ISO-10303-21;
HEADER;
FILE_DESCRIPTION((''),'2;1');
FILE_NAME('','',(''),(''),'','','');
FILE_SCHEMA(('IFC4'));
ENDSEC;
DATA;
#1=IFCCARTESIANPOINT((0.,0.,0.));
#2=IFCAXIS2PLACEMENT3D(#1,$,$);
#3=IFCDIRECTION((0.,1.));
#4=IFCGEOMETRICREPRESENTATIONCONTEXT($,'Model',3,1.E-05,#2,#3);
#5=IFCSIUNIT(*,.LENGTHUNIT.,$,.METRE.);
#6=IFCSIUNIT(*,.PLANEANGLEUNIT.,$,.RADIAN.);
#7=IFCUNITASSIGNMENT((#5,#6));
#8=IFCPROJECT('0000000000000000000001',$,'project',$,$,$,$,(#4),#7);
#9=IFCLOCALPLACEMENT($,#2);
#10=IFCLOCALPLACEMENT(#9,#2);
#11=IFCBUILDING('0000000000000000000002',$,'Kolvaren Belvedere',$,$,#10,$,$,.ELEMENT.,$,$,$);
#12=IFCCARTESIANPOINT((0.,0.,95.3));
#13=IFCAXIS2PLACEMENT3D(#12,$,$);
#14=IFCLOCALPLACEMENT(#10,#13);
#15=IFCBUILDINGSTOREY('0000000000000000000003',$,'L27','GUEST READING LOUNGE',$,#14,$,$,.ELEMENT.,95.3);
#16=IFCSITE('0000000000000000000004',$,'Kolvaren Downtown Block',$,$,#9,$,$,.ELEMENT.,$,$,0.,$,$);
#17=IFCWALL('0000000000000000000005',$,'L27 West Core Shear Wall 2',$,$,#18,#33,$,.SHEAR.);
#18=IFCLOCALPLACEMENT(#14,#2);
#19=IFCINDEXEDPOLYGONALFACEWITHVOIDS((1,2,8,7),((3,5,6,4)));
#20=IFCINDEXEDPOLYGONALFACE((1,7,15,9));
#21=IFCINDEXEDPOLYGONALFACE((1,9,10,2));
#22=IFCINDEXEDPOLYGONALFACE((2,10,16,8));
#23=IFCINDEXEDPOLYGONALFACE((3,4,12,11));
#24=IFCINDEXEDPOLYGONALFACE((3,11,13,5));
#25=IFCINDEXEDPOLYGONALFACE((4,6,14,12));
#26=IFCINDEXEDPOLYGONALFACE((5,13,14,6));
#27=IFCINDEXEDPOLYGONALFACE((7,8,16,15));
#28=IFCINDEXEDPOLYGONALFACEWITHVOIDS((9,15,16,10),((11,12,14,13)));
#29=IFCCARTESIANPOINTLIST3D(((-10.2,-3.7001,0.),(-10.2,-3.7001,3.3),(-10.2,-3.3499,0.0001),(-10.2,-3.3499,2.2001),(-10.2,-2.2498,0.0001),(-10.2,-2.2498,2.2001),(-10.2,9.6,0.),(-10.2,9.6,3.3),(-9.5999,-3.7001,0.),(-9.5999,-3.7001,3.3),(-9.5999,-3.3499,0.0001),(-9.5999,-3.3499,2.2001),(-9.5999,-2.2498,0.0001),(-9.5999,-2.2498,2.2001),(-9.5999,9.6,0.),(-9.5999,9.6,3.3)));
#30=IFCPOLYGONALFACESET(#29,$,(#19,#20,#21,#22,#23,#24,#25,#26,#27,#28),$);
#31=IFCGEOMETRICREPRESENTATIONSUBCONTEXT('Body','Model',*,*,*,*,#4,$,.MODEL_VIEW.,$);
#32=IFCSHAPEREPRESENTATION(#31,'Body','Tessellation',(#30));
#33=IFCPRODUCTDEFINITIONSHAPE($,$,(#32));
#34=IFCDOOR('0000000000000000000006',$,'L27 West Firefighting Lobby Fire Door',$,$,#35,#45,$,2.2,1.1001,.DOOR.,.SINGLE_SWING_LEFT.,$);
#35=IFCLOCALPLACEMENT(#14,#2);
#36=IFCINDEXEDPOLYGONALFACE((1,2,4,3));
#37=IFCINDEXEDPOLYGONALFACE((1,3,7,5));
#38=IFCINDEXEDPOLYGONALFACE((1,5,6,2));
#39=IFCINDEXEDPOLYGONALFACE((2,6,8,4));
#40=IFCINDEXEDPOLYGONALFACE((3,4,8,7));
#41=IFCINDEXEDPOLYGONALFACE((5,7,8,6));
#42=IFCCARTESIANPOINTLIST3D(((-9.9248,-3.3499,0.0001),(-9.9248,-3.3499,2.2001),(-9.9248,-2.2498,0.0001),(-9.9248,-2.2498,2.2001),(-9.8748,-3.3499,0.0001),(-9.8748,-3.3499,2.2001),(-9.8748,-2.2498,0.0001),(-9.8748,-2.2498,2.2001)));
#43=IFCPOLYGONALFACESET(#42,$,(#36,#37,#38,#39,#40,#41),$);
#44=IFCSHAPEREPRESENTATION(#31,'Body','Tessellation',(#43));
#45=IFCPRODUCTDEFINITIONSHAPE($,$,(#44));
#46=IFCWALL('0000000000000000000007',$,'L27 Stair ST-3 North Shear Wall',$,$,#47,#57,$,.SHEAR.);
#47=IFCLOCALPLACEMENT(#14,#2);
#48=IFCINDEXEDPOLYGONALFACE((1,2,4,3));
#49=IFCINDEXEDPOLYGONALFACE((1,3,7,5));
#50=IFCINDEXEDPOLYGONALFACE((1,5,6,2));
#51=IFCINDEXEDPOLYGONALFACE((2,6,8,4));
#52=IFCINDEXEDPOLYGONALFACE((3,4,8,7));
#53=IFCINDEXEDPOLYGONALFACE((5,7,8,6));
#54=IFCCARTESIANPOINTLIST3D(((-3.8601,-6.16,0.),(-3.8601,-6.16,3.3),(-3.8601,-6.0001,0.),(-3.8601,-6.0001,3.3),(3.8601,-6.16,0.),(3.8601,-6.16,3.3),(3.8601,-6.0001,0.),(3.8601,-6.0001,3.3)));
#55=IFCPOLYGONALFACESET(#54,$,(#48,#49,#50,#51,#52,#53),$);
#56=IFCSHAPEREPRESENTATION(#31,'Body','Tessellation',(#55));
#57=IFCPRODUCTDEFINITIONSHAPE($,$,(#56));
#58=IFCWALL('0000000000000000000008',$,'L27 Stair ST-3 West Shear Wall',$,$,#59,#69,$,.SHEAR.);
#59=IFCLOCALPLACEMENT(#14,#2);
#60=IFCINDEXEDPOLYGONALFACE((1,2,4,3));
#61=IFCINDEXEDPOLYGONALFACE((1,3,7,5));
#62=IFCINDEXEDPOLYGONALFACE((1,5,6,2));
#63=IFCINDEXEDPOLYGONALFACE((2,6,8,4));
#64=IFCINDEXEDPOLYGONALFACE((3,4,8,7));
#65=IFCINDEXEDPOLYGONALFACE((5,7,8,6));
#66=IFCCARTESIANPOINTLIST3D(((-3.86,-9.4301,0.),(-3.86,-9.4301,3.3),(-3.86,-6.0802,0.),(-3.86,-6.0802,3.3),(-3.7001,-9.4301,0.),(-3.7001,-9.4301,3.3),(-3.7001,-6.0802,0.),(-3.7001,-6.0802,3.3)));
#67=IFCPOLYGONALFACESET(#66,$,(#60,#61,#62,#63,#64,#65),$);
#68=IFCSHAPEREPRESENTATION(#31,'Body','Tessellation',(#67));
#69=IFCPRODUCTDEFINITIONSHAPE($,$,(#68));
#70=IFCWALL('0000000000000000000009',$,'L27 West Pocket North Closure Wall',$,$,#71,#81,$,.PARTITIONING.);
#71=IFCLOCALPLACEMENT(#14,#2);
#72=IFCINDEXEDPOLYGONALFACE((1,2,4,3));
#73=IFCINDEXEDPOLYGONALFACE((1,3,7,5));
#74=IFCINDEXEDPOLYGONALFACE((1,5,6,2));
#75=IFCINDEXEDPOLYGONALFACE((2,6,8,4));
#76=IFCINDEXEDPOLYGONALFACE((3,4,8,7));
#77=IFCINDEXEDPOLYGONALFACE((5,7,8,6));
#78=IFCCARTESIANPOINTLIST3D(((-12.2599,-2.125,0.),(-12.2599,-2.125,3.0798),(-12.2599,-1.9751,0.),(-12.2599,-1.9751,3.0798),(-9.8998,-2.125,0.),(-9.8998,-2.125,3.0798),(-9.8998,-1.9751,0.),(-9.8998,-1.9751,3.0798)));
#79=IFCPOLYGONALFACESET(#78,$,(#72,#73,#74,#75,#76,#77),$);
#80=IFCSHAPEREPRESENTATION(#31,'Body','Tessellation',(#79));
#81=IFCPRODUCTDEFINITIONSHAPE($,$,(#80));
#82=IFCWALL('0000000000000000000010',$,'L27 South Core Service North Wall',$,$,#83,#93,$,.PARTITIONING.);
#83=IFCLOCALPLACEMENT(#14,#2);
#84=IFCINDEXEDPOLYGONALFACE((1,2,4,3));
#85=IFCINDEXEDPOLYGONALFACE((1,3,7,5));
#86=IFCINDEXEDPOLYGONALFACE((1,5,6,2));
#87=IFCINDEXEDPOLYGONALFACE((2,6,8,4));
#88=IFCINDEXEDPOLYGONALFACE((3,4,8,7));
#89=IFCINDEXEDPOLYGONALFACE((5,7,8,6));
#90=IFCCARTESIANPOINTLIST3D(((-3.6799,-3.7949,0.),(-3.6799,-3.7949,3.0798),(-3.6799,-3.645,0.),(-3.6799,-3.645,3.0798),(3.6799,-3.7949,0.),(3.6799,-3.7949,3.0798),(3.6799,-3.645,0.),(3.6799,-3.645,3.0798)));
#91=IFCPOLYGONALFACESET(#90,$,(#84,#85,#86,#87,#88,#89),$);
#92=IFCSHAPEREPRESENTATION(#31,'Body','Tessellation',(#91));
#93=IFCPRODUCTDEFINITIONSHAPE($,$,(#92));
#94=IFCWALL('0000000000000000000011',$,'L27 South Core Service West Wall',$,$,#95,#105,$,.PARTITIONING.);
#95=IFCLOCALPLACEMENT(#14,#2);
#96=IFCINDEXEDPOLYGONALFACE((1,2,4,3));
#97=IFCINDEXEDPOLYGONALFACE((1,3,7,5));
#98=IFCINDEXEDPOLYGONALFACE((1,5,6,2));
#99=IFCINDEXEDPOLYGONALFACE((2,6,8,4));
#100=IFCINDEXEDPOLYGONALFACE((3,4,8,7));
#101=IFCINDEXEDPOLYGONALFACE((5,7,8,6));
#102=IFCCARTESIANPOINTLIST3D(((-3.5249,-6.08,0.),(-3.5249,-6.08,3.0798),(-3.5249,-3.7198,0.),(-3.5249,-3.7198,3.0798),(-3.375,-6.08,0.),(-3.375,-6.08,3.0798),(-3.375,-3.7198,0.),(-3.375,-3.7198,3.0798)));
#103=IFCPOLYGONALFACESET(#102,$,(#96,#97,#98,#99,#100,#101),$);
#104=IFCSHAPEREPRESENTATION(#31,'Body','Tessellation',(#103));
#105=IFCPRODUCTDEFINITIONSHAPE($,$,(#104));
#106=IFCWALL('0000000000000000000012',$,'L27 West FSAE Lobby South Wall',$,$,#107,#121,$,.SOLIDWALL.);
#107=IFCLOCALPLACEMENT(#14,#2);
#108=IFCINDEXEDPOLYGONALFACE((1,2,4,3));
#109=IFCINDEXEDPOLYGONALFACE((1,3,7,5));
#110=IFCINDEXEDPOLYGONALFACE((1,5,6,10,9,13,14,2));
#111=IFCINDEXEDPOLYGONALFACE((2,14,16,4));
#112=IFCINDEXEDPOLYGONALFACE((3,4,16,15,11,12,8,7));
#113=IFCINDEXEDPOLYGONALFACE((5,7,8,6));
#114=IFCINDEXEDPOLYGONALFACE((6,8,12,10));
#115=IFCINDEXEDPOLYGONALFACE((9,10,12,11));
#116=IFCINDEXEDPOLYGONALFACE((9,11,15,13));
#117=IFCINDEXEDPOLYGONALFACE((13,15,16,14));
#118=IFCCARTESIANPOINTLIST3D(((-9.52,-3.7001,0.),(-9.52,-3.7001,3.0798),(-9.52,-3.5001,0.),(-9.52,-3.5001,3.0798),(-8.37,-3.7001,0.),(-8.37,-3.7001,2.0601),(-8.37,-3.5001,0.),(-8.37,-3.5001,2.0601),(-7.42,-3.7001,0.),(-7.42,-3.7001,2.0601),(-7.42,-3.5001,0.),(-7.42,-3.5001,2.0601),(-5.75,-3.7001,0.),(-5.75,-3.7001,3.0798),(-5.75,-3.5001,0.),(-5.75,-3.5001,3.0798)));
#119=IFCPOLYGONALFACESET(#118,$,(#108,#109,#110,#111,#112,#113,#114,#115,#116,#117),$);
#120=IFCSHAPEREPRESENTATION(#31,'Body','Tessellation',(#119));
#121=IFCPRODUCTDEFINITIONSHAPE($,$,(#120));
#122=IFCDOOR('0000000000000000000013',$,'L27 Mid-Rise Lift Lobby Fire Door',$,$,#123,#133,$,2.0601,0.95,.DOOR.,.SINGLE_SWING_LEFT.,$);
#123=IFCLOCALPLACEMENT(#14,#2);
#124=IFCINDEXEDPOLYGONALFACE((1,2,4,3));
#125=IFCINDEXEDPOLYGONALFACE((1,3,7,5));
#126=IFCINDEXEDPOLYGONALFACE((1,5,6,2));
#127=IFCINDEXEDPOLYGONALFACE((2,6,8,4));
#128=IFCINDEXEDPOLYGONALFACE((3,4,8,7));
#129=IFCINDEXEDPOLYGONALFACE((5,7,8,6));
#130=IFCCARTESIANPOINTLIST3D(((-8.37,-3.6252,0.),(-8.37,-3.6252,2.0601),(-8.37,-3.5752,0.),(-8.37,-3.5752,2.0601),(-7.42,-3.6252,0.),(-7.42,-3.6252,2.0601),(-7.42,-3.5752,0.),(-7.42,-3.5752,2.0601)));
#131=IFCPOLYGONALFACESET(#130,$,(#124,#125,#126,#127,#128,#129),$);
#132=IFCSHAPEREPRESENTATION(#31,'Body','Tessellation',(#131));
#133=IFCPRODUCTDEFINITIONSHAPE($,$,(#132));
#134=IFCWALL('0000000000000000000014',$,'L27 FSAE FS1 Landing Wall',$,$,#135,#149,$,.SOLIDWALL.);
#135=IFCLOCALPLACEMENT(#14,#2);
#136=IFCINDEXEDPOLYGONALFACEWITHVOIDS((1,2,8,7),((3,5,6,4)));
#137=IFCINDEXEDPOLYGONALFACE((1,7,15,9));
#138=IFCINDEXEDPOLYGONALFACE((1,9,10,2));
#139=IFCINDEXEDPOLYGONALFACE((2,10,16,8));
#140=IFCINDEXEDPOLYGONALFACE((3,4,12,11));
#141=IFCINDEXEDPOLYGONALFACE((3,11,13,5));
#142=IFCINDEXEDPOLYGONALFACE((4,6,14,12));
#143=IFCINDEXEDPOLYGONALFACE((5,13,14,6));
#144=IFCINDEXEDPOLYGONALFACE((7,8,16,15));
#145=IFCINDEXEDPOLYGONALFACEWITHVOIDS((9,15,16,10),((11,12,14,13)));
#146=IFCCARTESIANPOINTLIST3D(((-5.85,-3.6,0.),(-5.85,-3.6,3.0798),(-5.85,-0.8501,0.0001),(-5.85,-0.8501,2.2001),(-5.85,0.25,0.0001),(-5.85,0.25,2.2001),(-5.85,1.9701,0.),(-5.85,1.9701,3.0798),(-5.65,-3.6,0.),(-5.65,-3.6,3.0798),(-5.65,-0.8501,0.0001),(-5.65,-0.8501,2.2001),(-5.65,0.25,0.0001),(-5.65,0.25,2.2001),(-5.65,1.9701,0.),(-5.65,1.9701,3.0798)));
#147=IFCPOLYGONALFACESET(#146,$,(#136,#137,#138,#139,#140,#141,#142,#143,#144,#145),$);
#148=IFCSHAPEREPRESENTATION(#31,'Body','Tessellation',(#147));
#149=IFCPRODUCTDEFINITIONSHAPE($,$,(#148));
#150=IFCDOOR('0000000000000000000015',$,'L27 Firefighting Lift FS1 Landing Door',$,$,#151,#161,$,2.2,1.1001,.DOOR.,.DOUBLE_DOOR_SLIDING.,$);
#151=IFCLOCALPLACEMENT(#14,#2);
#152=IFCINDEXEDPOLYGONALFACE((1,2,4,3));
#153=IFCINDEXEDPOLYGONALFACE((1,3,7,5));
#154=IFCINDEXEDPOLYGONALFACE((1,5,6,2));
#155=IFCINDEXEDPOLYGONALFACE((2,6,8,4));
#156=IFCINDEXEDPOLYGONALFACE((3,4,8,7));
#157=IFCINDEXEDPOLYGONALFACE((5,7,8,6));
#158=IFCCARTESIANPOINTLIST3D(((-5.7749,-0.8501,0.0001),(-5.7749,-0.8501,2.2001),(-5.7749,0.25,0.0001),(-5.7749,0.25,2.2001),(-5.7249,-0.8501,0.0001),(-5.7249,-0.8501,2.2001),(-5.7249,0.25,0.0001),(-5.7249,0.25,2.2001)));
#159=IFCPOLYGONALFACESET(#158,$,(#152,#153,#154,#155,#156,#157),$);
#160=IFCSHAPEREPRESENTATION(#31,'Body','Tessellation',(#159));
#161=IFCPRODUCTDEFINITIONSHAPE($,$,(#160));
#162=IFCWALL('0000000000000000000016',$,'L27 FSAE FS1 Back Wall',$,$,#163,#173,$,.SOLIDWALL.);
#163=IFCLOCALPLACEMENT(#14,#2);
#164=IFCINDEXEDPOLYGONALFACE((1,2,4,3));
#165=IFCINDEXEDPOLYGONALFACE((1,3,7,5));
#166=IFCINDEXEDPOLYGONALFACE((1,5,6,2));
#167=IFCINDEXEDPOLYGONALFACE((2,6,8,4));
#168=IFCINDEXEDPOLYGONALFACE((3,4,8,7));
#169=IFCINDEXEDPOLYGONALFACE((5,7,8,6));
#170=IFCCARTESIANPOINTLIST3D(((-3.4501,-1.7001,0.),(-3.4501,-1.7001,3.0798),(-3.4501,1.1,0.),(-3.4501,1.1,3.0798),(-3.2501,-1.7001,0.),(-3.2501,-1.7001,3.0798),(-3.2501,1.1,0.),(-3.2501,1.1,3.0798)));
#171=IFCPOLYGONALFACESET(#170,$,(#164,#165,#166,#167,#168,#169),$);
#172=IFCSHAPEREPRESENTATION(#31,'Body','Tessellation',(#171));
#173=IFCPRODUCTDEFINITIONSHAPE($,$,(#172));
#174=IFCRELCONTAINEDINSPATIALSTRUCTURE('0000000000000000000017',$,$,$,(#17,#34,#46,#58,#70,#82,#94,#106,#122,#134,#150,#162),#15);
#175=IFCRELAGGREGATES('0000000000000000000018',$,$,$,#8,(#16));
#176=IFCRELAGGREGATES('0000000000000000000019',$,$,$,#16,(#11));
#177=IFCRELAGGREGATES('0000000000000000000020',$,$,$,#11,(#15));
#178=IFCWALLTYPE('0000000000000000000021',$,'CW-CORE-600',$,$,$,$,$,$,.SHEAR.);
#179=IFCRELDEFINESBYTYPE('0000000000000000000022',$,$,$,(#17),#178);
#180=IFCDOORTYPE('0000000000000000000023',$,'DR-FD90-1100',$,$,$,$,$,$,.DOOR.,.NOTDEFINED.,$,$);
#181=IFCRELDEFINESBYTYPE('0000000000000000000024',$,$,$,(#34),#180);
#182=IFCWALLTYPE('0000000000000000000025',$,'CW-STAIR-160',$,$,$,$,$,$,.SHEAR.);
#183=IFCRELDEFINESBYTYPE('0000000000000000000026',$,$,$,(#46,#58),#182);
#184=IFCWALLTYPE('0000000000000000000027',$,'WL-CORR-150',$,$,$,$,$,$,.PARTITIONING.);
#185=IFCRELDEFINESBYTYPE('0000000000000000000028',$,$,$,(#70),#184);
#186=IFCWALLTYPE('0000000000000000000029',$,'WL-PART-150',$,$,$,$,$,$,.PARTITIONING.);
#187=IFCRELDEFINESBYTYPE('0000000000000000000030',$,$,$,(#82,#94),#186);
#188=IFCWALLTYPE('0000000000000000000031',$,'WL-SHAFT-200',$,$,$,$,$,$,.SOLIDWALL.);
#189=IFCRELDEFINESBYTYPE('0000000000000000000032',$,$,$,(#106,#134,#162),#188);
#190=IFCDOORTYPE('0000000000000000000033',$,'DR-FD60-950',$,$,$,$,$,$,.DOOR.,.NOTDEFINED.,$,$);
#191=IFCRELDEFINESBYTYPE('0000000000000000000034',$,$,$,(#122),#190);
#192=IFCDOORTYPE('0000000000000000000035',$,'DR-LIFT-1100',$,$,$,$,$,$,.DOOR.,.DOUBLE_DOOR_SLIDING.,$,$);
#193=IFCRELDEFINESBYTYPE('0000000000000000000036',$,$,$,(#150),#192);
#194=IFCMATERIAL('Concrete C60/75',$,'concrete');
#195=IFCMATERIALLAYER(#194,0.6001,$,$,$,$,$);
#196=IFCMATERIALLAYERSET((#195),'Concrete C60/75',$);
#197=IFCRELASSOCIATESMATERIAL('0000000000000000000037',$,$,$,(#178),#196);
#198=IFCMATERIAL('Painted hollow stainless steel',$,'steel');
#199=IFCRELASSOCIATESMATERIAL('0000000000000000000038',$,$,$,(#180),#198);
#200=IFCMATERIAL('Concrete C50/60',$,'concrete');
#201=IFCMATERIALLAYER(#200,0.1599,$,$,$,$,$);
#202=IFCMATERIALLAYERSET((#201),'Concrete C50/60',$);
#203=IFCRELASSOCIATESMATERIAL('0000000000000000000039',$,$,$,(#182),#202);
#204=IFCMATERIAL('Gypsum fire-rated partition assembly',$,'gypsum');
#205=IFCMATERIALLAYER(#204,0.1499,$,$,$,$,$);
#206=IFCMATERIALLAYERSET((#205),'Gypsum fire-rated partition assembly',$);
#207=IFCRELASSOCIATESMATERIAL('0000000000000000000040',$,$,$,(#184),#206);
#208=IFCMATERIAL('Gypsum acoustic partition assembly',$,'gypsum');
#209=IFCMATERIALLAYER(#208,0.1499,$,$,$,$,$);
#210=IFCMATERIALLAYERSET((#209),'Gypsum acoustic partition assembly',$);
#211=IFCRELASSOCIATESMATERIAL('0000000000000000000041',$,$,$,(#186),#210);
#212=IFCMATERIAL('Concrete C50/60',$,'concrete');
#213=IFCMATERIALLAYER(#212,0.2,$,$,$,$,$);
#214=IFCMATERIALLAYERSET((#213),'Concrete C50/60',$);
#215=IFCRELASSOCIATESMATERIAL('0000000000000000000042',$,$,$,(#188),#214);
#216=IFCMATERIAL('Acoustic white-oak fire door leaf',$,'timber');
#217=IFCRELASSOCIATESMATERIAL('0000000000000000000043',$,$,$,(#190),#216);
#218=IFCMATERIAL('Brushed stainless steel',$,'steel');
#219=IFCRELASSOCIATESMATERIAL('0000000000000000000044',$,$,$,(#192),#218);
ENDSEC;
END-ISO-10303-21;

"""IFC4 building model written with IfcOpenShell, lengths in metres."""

from ifc_helpers import new_model, si_unit, direction, frame, frame_2d, origin, place, context, subcontext, project, spatial, rectangle, extrude, material, layer, layer_set, type_object, element, fill, save


model = new_model("IFC4")

# Units and contexts
model_context = context("Model", 3, precision=1e-05, world=origin(), true_north=direction((0.0, 1.0)))
body_context = subcontext(model_context, "Body", "Model", "MODEL_VIEW")
ifc_project = project(units=[si_unit("LENGTHUNIT", "METRE"), si_unit("PLANEANGLEUNIT", "RADIAN")], contexts=[model_context])

# Site, building, storey
site_placement = place(None, origin())
site = spatial("IfcSite", under=ifc_project, at=site_placement, Name="Kolvaren Downtown Block", CompositionType="ELEMENT", RefElevation=0.0)
building_placement = place(site_placement, origin())
building = spatial("IfcBuilding", under=site, at=building_placement, Name="Kolvaren Belvedere", CompositionType="ELEMENT")
storey_placement = place(building_placement, frame((0.0, 0.0, 95.3)))
storey = spatial("IfcBuildingStorey", under=building, at=storey_placement, Name="L27", Description="GUEST READING LOUNGE", CompositionType="ELEMENT", Elevation=95.3)

# Wall, opening, door
ifc_material_1 = material(Name="Concrete C60/75", Category="concrete")
ifc_layer_1 = layer(ifc_material_1, 0.6001)
ifc_layer_set_1 = layer_set([ifc_layer_1], Name="Concrete C60/75")
wall_type_1 = type_object("IfcWallType", Name="CW-CORE-600", PredefinedType="SHEAR", material=ifc_layer_set_1)
wall_1_placement = place(storey_placement, frame((-9.8999, -3.7, 0.0), z_axis=(0.0, 0.0, 1.0), x_axis=(0.0, 1.0, 0.0)))
wall_1 = element("IfcWall", 1, at=wall_1_placement, inside=storey, type_object=wall_type_1, Name="L27 West Core Shear Wall 2", PredefinedType="SHEAR", context=body_context, shape_type="SweptSolid", body=[
    extrude(rectangle(XDim=13.3, YDim=0.6001, at=frame_2d((6.6499, 0.0))), origin(), (0.0, 0.0, 1.0), 3.3),
])
opening_1_placement = place(wall_1_placement, frame((0.3501, 0.0, 0.0)))
opening_1 = element("IfcOpeningElement", 2, at=opening_1_placement, cuts=wall_1, PredefinedType="OPENING", context=body_context, shape_type="SweptSolid", body=[
    extrude(rectangle(XDim=1.1001, YDim=2.2, at=frame_2d((0.55, 1.1001))), frame((0.0, 0.3101, 0.0), z_axis=(0.0, -1.0, 0.0), x_axis=(1.0, 0.0, 0.0)), (0.0, 0.0, 1.0), 0.6201),
])
ifc_material_2 = material(Name="Painted hollow stainless steel", Category="steel")
door_type_1 = type_object("IfcDoorType", Name="DR-FD90-1100", OperationType="NOTDEFINED", PredefinedType="DOOR", material=ifc_material_2)
door_1_placement = place(opening_1_placement, origin())
door_1 = element("IfcDoor", 3, at=door_1_placement, inside=storey, type_object=door_type_1, Name="L27 West Firefighting Lobby Fire Door", OperationType="SINGLE_SWING_LEFT", OverallHeight=2.2, OverallWidth=1.1001, PredefinedType="DOOR", context=body_context, shape_type="SweptSolid", body=[
    extrude(rectangle(XDim=1.1001, YDim=2.2, at=frame_2d((0.55, 1.1001))), frame((0.0, 0.0249, 0.0), z_axis=(0.0, -1.0, 0.0), x_axis=(1.0, 0.0, 0.0)), (0.0, 0.0, 1.0), 0.05),
])
fill(opening_1, door_1)

# Walls
ifc_material_3 = material(Name="Concrete C50/60", Category="concrete")
ifc_layer_2 = layer(ifc_material_3, 0.1599)
ifc_layer_set_2 = layer_set([ifc_layer_2], Name="Concrete C50/60")
wall_type_2 = type_object("IfcWallType", Name="CW-STAIR-160", PredefinedType="SHEAR", material=ifc_layer_set_2)
wall_2_placement = place(storey_placement, frame((-3.8601, -6.0801, 0.0), z_axis=(0.0, 0.0, 1.0), x_axis=(1.0, 0.0, 0.0)))
element("IfcWall", 4, at=wall_2_placement, inside=storey, type_object=wall_type_2, Name="L27 Stair ST-3 North Shear Wall", PredefinedType="SHEAR", context=body_context, shape_type="SweptSolid", body=[
    extrude(rectangle(XDim=7.7202, YDim=0.1599, at=frame_2d((3.8601, 0.0))), origin(), (0.0, 0.0, 1.0), 3.3),
])
wall_3_placement = place(storey_placement, frame((-3.78, -9.4299, 0.0), z_axis=(0.0, 0.0, 1.0), x_axis=(0.0, 1.0, 0.0)))
element("IfcWall", 5, at=wall_3_placement, inside=storey, type_object=wall_type_2, Name="L27 Stair ST-3 West Shear Wall", PredefinedType="SHEAR", context=body_context, shape_type="SweptSolid", body=[
    extrude(rectangle(XDim=3.3499, YDim=0.1599, at=frame_2d((1.6748, 0.0))), origin(), (0.0, 0.0, 1.0), 3.3),
])
ifc_material_4 = material(Name="Gypsum fire-rated partition assembly", Category="gypsum")
ifc_layer_3 = layer(ifc_material_4, 0.1499)
ifc_layer_set_3 = layer_set([ifc_layer_3], Name="Gypsum fire-rated partition assembly")
wall_type_3 = type_object("IfcWallType", Name="WL-CORR-150", PredefinedType="PARTITIONING", material=ifc_layer_set_3)
wall_4_placement = place(storey_placement, frame((-12.26, -2.05, 0.0), z_axis=(0.0, 0.0, 1.0), x_axis=(1.0, 0.0, 0.0)))
element("IfcWall", 6, at=wall_4_placement, inside=storey, type_object=wall_type_3, Name="L27 West Pocket North Closure Wall", PredefinedType="PARTITIONING", context=body_context, shape_type="SweptSolid", body=[
    extrude(rectangle(XDim=2.3601, YDim=0.1499, at=frame_2d((1.1802, 0.0))), origin(), (0.0, 0.0, 1.0), 3.0798),
])
ifc_material_5 = material(Name="Gypsum acoustic partition assembly", Category="gypsum")
ifc_layer_4 = layer(ifc_material_5, 0.1499)
ifc_layer_set_4 = layer_set([ifc_layer_4], Name="Gypsum acoustic partition assembly")
wall_type_4 = type_object("IfcWallType", Name="WL-PART-150", PredefinedType="PARTITIONING", material=ifc_layer_set_4)
wall_5_placement = place(storey_placement, frame((-3.6799, -3.72, 0.0), z_axis=(0.0, 0.0, 1.0), x_axis=(1.0, 0.0, 0.0)))
element("IfcWall", 7, at=wall_5_placement, inside=storey, type_object=wall_type_4, Name="L27 South Core Service North Wall", PredefinedType="PARTITIONING", context=body_context, shape_type="SweptSolid", body=[
    extrude(rectangle(XDim=7.3599, YDim=0.1499, at=frame_2d((3.6799, 0.0))), origin(), (0.0, 0.0, 1.0), 3.0798),
])
wall_6_placement = place(storey_placement, frame((-3.45, -6.0801, 0.0), z_axis=(0.0, 0.0, 1.0), x_axis=(0.0, 1.0, 0.0)))
element("IfcWall", 8, at=wall_6_placement, inside=storey, type_object=wall_type_4, Name="L27 South Core Service West Wall", PredefinedType="PARTITIONING", context=body_context, shape_type="SweptSolid", body=[
    extrude(rectangle(XDim=2.3601, YDim=0.1499, at=frame_2d((1.1802, 0.0))), origin(), (0.0, 0.0, 1.0), 3.0798),
])

# Walls, openings, doors
ifc_material_6 = material(Name="Concrete C50/60", Category="concrete")
ifc_layer_5 = layer(ifc_material_6, 0.2)
ifc_layer_set_5 = layer_set([ifc_layer_5], Name="Concrete C50/60")
wall_type_5 = type_object("IfcWallType", Name="WL-SHAFT-200", PredefinedType="SOLIDWALL", material=ifc_layer_set_5)
wall_7_placement = place(storey_placement, frame((-9.52, -3.6001, 0.0), z_axis=(0.0, 0.0, 1.0), x_axis=(1.0, 0.0, 0.0)))
wall_7 = element("IfcWall", 9, at=wall_7_placement, inside=storey, type_object=wall_type_5, Name="L27 West FSAE Lobby South Wall", PredefinedType="SOLIDWALL", context=body_context, shape_type="SweptSolid", body=[
    extrude(rectangle(XDim=3.77, YDim=0.2, at=frame_2d((1.885, 0.0))), origin(), (0.0, 0.0, 1.0), 3.0798),
])
opening_2_placement = place(wall_7_placement, frame((1.1499, 0.0, 0.0)))
opening_2 = element("IfcOpeningElement", 10, at=opening_2_placement, cuts=wall_7, PredefinedType="OPENING", context=body_context, shape_type="SweptSolid", body=[
    extrude(rectangle(XDim=0.95, YDim=2.0601, at=frame_2d((0.4751, 1.03))), frame((0.0, 0.1099, 0.0), z_axis=(0.0, -1.0, 0.0), x_axis=(1.0, 0.0, 0.0)), (0.0, 0.0, 1.0), 0.22),
])
ifc_material_7 = material(Name="Acoustic white-oak fire door leaf", Category="timber")
door_type_2 = type_object("IfcDoorType", Name="DR-FD60-950", OperationType="NOTDEFINED", PredefinedType="DOOR", material=ifc_material_7)
door_2_placement = place(opening_2_placement, origin())
door_2 = element("IfcDoor", 11, at=door_2_placement, inside=storey, type_object=door_type_2, Name="L27 Mid-Rise Lift Lobby Fire Door", OperationType="SINGLE_SWING_LEFT", OverallHeight=2.0601, OverallWidth=0.95, PredefinedType="DOOR", context=body_context, shape_type="SweptSolid", body=[
    extrude(rectangle(XDim=0.95, YDim=2.0601, at=frame_2d((0.4751, 1.03))), frame((0.0, 0.0249, 0.0), z_axis=(0.0, -1.0, 0.0), x_axis=(1.0, 0.0, 0.0)), (0.0, 0.0, 1.0), 0.05),
])
fill(opening_2, door_2)
wall_8_placement = place(storey_placement, frame((-5.75, -3.6001, 0.0), z_axis=(0.0, 0.0, 1.0), x_axis=(0.0, 1.0, 0.0)))
wall_8 = element("IfcWall", 12, at=wall_8_placement, inside=storey, type_object=wall_type_5, Name="L27 FSAE FS1 Landing Wall", PredefinedType="SOLIDWALL", context=body_context, shape_type="SweptSolid", body=[
    extrude(rectangle(XDim=5.5701, YDim=0.2, at=frame_2d((2.7852, 0.0))), origin(), (0.0, 0.0, 1.0), 3.0798),
])
opening_3_placement = place(wall_8_placement, frame((2.75, 0.0, 0.0)))
opening_3 = element("IfcOpeningElement", 13, at=opening_3_placement, cuts=wall_8, PredefinedType="OPENING", context=body_context, shape_type="SweptSolid", body=[
    extrude(rectangle(XDim=1.1001, YDim=2.2, at=frame_2d((0.55, 1.1001))), frame((0.0, 0.1099, 0.0), z_axis=(0.0, -1.0, 0.0), x_axis=(1.0, 0.0, 0.0)), (0.0, 0.0, 1.0), 0.22),
])
ifc_material_8 = material(Name="Brushed stainless steel", Category="steel")
door_type_3 = type_object("IfcDoorType", Name="DR-LIFT-1100", OperationType="DOUBLE_DOOR_SLIDING", PredefinedType="DOOR", material=ifc_material_8)
door_3_placement = place(opening_3_placement, origin())
door_3 = element("IfcDoor", 14, at=door_3_placement, inside=storey, type_object=door_type_3, Name="L27 Firefighting Lift FS1 Landing Door", OperationType="DOUBLE_DOOR_SLIDING", OverallHeight=2.2, OverallWidth=1.1001, PredefinedType="DOOR", context=body_context, shape_type="SweptSolid", body=[
    extrude(rectangle(XDim=1.1001, YDim=2.2, at=frame_2d((0.55, 1.1001))), frame((0.0, 0.0249, 0.0), z_axis=(0.0, -1.0, 0.0), x_axis=(1.0, 0.0, 0.0)), (0.0, 0.0, 1.0), 0.05),
])
fill(opening_3, door_3)

# Wall
wall_9_placement = place(storey_placement, frame((-3.3501, -1.7, 0.0), z_axis=(0.0, 0.0, 1.0), x_axis=(0.0, 1.0, 0.0)))
element("IfcWall", 15, at=wall_9_placement, inside=storey, type_object=wall_type_5, Name="L27 FSAE FS1 Back Wall", PredefinedType="SOLIDWALL", context=body_context, shape_type="SweptSolid", body=[
    extrude(rectangle(XDim=2.8, YDim=0.2, at=frame_2d((1.3999, 0.0))), origin(), (0.0, 0.0, 1.0), 3.0798),
])

save(model, "model.ifc")
